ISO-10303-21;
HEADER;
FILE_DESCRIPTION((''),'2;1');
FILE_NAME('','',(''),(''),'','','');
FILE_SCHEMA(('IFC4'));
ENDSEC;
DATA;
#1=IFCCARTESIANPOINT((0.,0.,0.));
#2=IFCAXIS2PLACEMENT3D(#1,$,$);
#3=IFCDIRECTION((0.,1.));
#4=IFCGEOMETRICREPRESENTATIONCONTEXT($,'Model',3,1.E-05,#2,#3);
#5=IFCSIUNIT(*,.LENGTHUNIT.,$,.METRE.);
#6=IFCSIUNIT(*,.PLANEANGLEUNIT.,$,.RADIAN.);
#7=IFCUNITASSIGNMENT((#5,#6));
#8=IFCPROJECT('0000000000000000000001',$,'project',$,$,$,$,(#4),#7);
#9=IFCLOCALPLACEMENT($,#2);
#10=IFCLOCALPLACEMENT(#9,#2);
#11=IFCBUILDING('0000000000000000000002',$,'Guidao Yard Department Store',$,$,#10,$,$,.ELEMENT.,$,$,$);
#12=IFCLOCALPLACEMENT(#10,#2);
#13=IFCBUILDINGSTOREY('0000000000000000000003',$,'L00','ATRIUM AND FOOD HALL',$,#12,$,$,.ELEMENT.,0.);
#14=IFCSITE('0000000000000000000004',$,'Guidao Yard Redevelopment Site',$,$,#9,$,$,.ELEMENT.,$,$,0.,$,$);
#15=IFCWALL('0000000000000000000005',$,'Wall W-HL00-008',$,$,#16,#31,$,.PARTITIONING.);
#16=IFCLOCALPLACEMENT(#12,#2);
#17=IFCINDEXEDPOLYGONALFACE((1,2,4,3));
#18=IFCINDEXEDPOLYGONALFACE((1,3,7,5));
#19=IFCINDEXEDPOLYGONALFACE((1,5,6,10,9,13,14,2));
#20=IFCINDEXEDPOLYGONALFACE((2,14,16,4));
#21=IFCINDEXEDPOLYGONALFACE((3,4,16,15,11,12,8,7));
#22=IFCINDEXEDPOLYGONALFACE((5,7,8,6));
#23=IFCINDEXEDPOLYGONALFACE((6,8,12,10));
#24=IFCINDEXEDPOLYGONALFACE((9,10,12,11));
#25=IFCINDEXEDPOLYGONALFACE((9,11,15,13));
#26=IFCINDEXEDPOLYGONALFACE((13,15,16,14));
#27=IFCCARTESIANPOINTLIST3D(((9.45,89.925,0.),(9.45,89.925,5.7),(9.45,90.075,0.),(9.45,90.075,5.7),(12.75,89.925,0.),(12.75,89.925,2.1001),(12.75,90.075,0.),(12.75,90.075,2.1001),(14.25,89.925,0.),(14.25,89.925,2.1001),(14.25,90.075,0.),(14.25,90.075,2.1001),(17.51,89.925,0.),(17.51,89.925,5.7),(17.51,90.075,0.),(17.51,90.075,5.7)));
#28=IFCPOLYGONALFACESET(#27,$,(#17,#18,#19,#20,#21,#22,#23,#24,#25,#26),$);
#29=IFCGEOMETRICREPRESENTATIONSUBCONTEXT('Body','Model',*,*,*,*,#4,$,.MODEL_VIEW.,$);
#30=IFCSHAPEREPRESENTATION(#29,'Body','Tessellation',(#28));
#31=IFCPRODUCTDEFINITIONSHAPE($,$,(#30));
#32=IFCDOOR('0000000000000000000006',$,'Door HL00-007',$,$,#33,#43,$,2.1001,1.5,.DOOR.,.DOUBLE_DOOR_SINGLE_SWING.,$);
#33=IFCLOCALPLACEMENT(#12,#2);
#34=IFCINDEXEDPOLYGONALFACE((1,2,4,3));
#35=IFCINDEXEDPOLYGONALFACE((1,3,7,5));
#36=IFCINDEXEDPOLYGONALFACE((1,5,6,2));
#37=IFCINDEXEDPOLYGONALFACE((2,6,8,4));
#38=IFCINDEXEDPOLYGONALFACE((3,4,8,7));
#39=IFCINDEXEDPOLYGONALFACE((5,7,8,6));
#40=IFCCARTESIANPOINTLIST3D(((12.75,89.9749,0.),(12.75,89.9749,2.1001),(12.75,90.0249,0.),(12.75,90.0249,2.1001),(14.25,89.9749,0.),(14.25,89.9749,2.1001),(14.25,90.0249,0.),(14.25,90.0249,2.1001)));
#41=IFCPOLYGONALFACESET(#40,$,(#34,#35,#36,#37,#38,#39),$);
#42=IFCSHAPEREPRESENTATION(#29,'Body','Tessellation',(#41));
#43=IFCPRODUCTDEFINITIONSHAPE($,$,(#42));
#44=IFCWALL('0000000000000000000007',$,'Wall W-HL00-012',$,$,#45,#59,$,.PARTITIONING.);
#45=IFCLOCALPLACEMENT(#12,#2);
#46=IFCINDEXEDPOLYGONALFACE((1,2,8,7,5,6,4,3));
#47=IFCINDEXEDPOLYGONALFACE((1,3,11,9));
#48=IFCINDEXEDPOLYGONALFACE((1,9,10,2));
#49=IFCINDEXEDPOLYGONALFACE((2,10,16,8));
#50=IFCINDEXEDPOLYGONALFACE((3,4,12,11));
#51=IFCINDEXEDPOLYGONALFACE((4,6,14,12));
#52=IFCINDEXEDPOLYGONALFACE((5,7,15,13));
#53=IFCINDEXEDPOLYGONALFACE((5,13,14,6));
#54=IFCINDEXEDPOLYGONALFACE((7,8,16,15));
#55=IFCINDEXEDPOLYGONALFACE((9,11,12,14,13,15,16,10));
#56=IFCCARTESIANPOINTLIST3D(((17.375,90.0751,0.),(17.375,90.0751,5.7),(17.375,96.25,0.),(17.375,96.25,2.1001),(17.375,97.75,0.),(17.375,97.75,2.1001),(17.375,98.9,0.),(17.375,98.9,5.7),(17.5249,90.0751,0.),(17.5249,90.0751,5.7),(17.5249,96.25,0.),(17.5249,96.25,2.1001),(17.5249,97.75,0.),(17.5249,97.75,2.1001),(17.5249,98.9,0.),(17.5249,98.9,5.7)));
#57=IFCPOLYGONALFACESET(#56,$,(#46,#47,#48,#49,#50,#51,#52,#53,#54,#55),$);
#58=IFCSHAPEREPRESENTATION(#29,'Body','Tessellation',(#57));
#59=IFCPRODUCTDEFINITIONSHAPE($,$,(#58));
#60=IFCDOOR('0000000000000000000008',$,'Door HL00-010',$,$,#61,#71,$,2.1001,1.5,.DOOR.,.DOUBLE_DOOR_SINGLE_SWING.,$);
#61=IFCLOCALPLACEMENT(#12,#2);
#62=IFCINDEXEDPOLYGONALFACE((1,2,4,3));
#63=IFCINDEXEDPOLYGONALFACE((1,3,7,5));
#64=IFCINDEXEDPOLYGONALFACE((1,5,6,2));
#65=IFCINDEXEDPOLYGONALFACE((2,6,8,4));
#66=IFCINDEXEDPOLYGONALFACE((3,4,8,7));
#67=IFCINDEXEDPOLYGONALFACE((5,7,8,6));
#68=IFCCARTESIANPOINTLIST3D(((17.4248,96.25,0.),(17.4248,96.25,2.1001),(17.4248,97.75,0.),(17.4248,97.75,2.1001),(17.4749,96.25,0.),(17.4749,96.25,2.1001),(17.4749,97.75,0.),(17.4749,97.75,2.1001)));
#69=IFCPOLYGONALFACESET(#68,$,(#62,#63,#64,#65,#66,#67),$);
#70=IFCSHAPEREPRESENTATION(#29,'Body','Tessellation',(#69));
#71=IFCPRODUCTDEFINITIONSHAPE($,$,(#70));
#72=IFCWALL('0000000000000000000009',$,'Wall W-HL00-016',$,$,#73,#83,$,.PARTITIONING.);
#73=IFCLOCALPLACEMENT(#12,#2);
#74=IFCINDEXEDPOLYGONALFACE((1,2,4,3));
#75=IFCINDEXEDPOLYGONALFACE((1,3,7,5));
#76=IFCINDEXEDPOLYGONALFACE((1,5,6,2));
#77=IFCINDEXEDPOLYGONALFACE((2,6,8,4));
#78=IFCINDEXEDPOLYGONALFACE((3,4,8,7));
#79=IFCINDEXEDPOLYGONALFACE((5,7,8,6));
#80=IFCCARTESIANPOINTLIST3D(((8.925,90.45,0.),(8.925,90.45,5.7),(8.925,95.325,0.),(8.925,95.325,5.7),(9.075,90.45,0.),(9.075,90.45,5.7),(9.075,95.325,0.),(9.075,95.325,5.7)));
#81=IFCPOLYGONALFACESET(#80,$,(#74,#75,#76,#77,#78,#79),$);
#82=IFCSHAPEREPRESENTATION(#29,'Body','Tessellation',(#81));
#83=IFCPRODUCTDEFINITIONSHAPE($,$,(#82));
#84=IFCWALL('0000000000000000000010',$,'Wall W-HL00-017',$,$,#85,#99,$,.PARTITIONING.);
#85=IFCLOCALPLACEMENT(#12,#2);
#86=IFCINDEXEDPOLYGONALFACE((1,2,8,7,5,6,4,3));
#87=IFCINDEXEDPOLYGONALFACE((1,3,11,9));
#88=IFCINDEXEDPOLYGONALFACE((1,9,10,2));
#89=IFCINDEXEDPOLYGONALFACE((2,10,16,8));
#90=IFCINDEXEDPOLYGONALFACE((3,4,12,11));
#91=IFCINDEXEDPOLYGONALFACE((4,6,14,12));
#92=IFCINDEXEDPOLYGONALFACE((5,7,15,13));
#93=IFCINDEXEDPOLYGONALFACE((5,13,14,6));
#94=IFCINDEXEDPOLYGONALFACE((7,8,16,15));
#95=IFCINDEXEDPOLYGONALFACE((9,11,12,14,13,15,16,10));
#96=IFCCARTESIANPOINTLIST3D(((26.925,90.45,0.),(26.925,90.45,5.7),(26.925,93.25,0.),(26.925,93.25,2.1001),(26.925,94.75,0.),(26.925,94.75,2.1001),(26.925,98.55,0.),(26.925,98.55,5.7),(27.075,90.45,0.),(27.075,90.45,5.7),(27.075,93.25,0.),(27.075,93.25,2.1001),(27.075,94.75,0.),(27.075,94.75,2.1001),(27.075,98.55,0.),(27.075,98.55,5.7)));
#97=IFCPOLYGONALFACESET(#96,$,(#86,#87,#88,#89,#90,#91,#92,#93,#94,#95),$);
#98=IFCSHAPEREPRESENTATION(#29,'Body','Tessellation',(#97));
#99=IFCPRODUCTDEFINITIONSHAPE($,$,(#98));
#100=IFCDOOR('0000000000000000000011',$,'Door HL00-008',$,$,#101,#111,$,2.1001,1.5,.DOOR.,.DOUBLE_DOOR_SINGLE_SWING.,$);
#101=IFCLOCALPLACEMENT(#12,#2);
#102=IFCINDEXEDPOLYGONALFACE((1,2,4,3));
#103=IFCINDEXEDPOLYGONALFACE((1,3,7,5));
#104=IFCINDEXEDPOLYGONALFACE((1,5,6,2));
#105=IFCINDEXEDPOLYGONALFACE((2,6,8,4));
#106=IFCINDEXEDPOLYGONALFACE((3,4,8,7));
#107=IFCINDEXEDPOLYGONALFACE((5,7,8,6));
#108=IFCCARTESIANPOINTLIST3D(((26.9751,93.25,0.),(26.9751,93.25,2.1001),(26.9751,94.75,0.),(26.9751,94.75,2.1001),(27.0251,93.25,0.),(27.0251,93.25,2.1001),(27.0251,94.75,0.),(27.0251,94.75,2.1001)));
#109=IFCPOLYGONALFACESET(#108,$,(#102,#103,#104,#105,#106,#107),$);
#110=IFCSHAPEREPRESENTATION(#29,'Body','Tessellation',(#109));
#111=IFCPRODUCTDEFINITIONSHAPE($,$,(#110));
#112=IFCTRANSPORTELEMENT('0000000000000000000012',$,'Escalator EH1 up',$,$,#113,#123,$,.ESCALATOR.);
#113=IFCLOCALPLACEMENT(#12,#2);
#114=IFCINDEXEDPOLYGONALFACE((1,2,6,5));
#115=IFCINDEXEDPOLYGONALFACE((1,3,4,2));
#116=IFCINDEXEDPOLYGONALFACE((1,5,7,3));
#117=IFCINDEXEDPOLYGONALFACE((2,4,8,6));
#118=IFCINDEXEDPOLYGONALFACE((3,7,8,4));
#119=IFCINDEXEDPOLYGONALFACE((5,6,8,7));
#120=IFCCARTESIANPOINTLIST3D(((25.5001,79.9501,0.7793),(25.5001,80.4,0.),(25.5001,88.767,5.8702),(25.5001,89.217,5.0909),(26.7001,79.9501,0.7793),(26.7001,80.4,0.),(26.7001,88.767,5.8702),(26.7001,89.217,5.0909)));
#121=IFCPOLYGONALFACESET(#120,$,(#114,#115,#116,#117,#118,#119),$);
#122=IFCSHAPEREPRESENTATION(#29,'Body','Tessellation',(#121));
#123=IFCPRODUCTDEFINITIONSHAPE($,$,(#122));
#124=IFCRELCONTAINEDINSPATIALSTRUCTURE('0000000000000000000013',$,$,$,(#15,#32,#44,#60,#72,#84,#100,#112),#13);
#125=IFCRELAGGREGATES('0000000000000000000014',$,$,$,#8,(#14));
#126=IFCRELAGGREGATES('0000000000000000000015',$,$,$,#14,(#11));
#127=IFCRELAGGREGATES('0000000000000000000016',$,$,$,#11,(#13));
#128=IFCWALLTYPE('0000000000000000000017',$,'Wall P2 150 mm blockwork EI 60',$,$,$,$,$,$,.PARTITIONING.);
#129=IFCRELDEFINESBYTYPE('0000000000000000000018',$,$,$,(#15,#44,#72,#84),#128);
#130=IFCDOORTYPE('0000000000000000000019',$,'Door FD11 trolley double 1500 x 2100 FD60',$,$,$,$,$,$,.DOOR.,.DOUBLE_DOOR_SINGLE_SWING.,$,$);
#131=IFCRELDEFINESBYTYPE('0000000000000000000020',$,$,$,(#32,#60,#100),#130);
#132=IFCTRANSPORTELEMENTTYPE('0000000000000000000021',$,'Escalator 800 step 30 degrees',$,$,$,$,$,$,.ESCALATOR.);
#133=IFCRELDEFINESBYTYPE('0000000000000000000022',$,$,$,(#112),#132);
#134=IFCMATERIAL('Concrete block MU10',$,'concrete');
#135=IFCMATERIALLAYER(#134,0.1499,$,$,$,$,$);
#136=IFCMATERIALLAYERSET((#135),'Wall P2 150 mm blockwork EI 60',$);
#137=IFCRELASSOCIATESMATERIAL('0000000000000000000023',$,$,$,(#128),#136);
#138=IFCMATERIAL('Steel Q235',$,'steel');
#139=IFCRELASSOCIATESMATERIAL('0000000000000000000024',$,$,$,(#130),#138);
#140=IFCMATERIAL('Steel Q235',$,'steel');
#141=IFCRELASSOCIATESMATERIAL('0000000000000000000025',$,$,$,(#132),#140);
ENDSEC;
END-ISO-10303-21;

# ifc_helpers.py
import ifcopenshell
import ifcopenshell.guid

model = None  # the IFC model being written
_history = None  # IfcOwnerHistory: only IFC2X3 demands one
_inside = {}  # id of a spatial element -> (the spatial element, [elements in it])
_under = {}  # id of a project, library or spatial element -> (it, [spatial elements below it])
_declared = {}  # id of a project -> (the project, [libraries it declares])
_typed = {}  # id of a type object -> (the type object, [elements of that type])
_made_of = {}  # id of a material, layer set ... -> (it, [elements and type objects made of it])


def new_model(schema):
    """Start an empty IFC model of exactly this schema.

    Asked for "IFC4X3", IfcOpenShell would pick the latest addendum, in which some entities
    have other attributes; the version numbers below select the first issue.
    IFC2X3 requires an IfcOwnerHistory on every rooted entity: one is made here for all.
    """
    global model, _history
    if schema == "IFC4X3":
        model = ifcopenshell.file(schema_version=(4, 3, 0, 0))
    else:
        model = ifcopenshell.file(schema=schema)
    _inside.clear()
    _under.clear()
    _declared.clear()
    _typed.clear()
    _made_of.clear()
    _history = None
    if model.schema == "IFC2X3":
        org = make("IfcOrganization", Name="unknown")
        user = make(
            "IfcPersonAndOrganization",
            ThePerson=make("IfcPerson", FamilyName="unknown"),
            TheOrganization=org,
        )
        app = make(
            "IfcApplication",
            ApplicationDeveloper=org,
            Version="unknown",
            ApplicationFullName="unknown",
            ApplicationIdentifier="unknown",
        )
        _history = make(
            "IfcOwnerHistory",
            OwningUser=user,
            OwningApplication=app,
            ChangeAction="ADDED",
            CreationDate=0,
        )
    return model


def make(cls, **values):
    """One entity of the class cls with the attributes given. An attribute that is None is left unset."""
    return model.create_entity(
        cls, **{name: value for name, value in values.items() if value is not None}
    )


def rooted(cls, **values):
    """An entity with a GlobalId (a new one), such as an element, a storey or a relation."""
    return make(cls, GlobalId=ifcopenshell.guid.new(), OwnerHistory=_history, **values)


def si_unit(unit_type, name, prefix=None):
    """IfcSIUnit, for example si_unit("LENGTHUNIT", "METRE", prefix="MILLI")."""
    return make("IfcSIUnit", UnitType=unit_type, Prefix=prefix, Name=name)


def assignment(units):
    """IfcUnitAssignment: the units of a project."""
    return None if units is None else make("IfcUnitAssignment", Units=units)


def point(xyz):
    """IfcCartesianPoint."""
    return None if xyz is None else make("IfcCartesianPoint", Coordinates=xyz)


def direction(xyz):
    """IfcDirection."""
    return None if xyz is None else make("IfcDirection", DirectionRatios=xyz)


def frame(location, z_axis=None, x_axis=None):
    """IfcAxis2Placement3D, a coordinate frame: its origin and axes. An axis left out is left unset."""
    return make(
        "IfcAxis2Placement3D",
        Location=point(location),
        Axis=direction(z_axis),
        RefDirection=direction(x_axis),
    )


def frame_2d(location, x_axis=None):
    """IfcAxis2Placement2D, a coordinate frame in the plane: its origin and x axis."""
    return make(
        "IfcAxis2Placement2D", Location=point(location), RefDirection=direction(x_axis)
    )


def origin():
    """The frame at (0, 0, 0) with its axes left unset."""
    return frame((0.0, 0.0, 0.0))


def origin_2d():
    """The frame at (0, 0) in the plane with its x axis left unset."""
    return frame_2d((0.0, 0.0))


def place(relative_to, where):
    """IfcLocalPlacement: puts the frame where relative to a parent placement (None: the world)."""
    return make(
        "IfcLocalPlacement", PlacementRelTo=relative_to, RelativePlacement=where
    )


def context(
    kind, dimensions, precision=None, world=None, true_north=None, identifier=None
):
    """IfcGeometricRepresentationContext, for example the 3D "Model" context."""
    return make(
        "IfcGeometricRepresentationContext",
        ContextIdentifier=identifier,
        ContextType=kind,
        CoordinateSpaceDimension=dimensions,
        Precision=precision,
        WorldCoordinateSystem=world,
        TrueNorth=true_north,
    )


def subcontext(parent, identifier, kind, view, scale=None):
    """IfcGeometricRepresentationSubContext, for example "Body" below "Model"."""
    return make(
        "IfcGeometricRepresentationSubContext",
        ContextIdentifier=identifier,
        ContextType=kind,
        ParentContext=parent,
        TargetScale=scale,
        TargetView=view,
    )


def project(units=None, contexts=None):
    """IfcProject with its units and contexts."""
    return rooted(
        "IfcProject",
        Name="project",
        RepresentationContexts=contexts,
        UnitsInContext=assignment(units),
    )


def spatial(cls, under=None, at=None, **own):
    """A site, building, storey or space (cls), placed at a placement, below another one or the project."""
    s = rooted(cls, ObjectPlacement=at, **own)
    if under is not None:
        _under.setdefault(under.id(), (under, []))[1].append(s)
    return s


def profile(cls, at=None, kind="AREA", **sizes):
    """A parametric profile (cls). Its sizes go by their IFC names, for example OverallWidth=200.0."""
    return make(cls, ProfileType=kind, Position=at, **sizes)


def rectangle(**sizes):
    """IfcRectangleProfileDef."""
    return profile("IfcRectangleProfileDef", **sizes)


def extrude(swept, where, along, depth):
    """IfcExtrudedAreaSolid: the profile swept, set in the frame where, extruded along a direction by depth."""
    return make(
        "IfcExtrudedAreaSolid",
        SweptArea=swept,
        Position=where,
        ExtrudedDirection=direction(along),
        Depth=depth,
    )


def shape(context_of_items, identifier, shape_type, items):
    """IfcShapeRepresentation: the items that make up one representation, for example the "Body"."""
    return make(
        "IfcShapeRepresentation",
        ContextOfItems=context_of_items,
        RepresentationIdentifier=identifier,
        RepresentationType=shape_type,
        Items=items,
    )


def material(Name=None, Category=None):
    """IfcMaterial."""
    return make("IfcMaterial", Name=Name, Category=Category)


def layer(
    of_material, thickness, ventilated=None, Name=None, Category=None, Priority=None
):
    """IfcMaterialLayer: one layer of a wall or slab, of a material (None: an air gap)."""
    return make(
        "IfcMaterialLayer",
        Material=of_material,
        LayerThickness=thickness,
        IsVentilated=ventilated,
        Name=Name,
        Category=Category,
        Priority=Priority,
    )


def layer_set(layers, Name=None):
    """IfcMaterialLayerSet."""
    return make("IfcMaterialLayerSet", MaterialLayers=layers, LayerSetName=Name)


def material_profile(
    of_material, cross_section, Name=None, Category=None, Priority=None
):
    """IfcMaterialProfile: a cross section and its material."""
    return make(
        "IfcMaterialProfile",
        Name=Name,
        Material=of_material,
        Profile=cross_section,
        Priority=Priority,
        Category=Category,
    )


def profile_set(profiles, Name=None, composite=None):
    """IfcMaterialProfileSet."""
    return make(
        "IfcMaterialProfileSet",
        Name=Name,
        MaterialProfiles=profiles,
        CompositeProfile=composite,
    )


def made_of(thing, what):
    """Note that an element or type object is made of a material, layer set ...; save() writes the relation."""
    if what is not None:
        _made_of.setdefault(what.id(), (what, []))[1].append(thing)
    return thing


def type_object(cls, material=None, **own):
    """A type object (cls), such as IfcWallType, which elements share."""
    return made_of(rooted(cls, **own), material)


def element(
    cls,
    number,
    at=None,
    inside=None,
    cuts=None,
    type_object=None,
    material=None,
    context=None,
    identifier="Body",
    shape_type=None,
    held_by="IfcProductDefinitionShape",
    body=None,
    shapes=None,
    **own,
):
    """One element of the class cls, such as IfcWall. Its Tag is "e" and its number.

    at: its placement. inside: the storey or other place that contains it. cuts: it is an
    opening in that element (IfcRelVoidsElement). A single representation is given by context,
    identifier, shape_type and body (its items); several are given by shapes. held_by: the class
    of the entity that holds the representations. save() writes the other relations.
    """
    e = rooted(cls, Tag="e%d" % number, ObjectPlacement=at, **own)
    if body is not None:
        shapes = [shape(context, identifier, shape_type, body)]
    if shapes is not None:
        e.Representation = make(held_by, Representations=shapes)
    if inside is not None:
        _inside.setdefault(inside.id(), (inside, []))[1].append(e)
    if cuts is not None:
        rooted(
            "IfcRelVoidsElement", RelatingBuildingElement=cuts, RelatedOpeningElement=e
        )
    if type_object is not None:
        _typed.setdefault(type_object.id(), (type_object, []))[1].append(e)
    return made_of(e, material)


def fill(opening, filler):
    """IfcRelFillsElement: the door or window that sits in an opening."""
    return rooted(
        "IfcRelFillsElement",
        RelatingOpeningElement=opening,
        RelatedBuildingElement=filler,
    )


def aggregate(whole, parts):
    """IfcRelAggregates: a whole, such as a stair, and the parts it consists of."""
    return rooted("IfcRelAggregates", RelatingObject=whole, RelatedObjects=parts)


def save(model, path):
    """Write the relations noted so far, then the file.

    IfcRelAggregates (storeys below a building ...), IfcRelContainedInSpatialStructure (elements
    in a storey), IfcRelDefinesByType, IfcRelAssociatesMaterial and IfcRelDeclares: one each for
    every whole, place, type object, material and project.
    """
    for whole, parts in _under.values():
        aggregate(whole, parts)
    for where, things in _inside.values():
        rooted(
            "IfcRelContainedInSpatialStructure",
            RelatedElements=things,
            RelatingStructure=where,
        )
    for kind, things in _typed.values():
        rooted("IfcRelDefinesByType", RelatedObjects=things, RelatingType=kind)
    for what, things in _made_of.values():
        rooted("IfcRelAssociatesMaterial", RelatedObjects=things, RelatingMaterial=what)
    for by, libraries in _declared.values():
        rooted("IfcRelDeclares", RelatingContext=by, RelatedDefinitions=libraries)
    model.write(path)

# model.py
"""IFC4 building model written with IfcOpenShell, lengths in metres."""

from ifc_helpers import new_model, si_unit, direction, frame, frame_2d, origin, origin_2d, place, context, subcontext, project, spatial, rectangle, extrude, material, layer, layer_set, material_profile, profile_set, type_object, element, fill, save


model = new_model("IFC4")

# Units and contexts
model_context = context("Model", 3, precision=1e-05, world=origin(), true_north=direction((0.0, 1.0)))
body_context = subcontext(model_context, "Body", "Model", "MODEL_VIEW")
ifc_project = project(units=[si_unit("LENGTHUNIT", "METRE"), si_unit("PLANEANGLEUNIT", "RADIAN")], contexts=[model_context])

# Site, building, storey
site_placement = place(None, origin())
site = spatial("IfcSite", under=ifc_project, at=site_placement, Name="Guidao Yard Redevelopment Site", CompositionType="ELEMENT", RefElevation=0.0)
building_placement = place(site_placement, origin())
building = spatial("IfcBuilding", under=site, at=building_placement, Name="Guidao Yard Department Store", CompositionType="ELEMENT")
storey_placement = place(building_placement, origin())
storey = spatial("IfcBuildingStorey", under=building, at=storey_placement, Name="L00", Description="ATRIUM AND FOOD HALL", CompositionType="ELEMENT", Elevation=0.0)

# Walls, openings, doors
ifc_material_1 = material(Name="Concrete block MU10", Category="concrete")
ifc_layer_1 = layer(ifc_material_1, 0.1499)
ifc_layer_set_1 = layer_set([ifc_layer_1], Name="Wall P2 150 mm blockwork EI 60")
wall_type_1 = type_object("IfcWallType", Name="Wall P2 150 mm blockwork EI 60", PredefinedType="PARTITIONING", material=ifc_layer_set_1)
wall_1_placement = place(storey_placement, frame((9.45, 90.0, 0.0), z_axis=(0.0, 0.0, 1.0), x_axis=(1.0, 0.0, 0.0)))
wall_1 = element("IfcWall", 1, at=wall_1_placement, inside=storey, type_object=wall_type_1, Name="Wall W-HL00-008", PredefinedType="PARTITIONING", context=body_context, shape_type="SweptSolid", body=[
    extrude(rectangle(XDim=8.0601, YDim=0.1499, at=frame_2d((4.03, 0.0))), origin(), (0.0, 0.0, 1.0), 5.7),
])
opening_1_placement = place(wall_1_placement, frame((3.3, 0.0, 0.0)))
opening_1 = element("IfcOpeningElement", 2, at=opening_1_placement, cuts=wall_1, PredefinedType="OPENING", context=body_context, shape_type="SweptSolid", body=[
    extrude(rectangle(XDim=1.5, YDim=2.1001, at=frame_2d((0.75, 1.05))), frame((0.0, 0.085, 0.0), z_axis=(0.0, -1.0, 0.0), x_axis=(1.0, 0.0, 0.0)), (0.0, 0.0, 1.0), 0.1699),
])
ifc_material_2 = material(Name="Steel Q235", Category="steel")
door_type_1 = type_object("IfcDoorType", Name="Door FD11 trolley double 1500 x 2100 FD60", OperationType="DOUBLE_DOOR_SINGLE_SWING", PredefinedType="DOOR", material=ifc_material_2)
door_1_placement = place(opening_1_placement, origin())
door_1 = element("IfcDoor", 3, at=door_1_placement, inside=storey, type_object=door_type_1, Name="Door HL00-007", OperationType="DOUBLE_DOOR_SINGLE_SWING", OverallHeight=2.1001, OverallWidth=1.5, PredefinedType="DOOR", context=body_context, shape_type="SweptSolid", body=[
    extrude(rectangle(XDim=1.5, YDim=2.1001, at=frame_2d((0.75, 1.05))), frame((0.0, 0.0249, 0.0), z_axis=(0.0, -1.0, 0.0), x_axis=(1.0, 0.0, 0.0)), (0.0, 0.0, 1.0), 0.05),
])
fill(opening_1, door_1)
wall_2_placement = place(storey_placement, frame((17.45, 90.075, 0.0), z_axis=(0.0, 0.0, 1.0), x_axis=(0.0, 1.0, 0.0)))
wall_2 = element("IfcWall", 4, at=wall_2_placement, inside=storey, type_object=wall_type_1, Name="Wall W-HL00-012", PredefinedType="PARTITIONING", context=body_context, shape_type="SweptSolid", body=[
    extrude(rectangle(XDim=8.825, YDim=0.1499, at=frame_2d((4.4126, 0.0))), origin(), (0.0, 0.0, 1.0), 5.7),
])
opening_2_placement = place(wall_2_placement, frame((7.675, 0.0, 0.0), z_axis=(0.0, 0.0, 1.0), x_axis=(-1.0, 0.0, 0.0)))
opening_2 = element("IfcOpeningElement", 5, at=opening_2_placement, cuts=wall_2, PredefinedType="OPENING", context=body_context, shape_type="SweptSolid", body=[
    extrude(rectangle(XDim=1.5, YDim=2.1001, at=frame_2d((0.75, 1.05))), frame((0.0, 0.085, 0.0), z_axis=(0.0, -1.0, 0.0), x_axis=(1.0, 0.0, 0.0)), (0.0, 0.0, 1.0), 0.1699),
])
door_2_placement = place(opening_2_placement, origin())
door_2 = element("IfcDoor", 6, at=door_2_placement, inside=storey, type_object=door_type_1, Name="Door HL00-010", OperationType="DOUBLE_DOOR_SINGLE_SWING", OverallHeight=2.1001, OverallWidth=1.5, PredefinedType="DOOR", context=body_context, shape_type="SweptSolid", body=[
    extrude(rectangle(XDim=1.5, YDim=2.1001, at=frame_2d((0.75, 1.05))), frame((0.0, 0.0249, 0.0), z_axis=(0.0, -1.0, 0.0), x_axis=(1.0, 0.0, 0.0)), (0.0, 0.0, 1.0), 0.05),
])
fill(opening_2, door_2)

# Wall
wall_3_placement = place(storey_placement, frame((9.0, 90.45, 0.0), z_axis=(0.0, 0.0, 1.0), x_axis=(0.0, 1.0, 0.0)))
element("IfcWall", 7, at=wall_3_placement, inside=storey, type_object=wall_type_1, Name="Wall W-HL00-016", PredefinedType="PARTITIONING", context=body_context, shape_type="SweptSolid", body=[
    extrude(rectangle(XDim=4.875, YDim=0.1499, at=frame_2d((2.4375, 0.0))), origin(), (0.0, 0.0, 1.0), 5.7),
])

# Wall, opening, door
wall_4_placement = place(storey_placement, frame((27.0, 90.45, 0.0), z_axis=(0.0, 0.0, 1.0), x_axis=(0.0, 1.0, 0.0)))
wall_4 = element("IfcWall", 8, at=wall_4_placement, inside=storey, type_object=wall_type_1, Name="Wall W-HL00-017", PredefinedType="PARTITIONING", context=body_context, shape_type="SweptSolid", body=[
    extrude(rectangle(XDim=8.1001, YDim=0.1499, at=frame_2d((4.05, 0.0))), origin(), (0.0, 0.0, 1.0), 5.7),
])
opening_3_placement = place(wall_4_placement, frame((2.8, 0.0, 0.0)))
opening_3 = element("IfcOpeningElement", 9, at=opening_3_placement, cuts=wall_4, PredefinedType="OPENING", context=body_context, shape_type="SweptSolid", body=[
    extrude(rectangle(XDim=1.5, YDim=2.1001, at=frame_2d((0.75, 1.05))), frame((0.0, 0.085, 0.0), z_axis=(0.0, -1.0, 0.0), x_axis=(1.0, 0.0, 0.0)), (0.0, 0.0, 1.0), 0.1699),
])
door_3_placement = place(opening_3_placement, origin())
door_3 = element("IfcDoor", 10, at=door_3_placement, inside=storey, type_object=door_type_1, Name="Door HL00-008", OperationType="DOUBLE_DOOR_SINGLE_SWING", OverallHeight=2.1001, OverallWidth=1.5, PredefinedType="DOOR", context=body_context, shape_type="SweptSolid", body=[
    extrude(rectangle(XDim=1.5, YDim=2.1001, at=frame_2d((0.75, 1.05))), frame((0.0, 0.0249, 0.0), z_axis=(0.0, -1.0, 0.0), x_axis=(1.0, 0.0, 0.0)), (0.0, 0.0, 1.0), 0.05),
])
fill(opening_3, door_3)

# Transport element
ifc_material_3 = material(Name="Steel Q235", Category="steel")
ifc_material_profile_1 = material_profile(ifc_material_3, rectangle(XDim=1.2, YDim=0.8999, at=origin_2d()), Name="Escalator 800 step 30 degrees")
ifc_profile_set_1 = profile_set([ifc_material_profile_1], Name="Steel Q235")
transport_element_type = type_object("IfcTransportElementType", Name="Escalator 800 step 30 degrees", PredefinedType="ESCALATOR", material=ifc_profile_set_1)
transport_element_placement = place(storey_placement, frame((26.1001, 80.175, 0.3896), z_axis=(0.0, 0.866009, 0.500028), x_axis=(-1.0, 0.0, 0.0)))
element("IfcTransportElement", 11, at=transport_element_placement, inside=storey, type_object=transport_element_type, Name="Escalator EH1 up", PredefinedType="ESCALATOR", context=body_context, shape_type="SweptSolid", body=[
    extrude(rectangle(XDim=1.2, YDim=0.8999, at=origin_2d()), origin(), (0.0, 0.0, 1.0), 10.1812),
])

save(model, "model.ifc")
